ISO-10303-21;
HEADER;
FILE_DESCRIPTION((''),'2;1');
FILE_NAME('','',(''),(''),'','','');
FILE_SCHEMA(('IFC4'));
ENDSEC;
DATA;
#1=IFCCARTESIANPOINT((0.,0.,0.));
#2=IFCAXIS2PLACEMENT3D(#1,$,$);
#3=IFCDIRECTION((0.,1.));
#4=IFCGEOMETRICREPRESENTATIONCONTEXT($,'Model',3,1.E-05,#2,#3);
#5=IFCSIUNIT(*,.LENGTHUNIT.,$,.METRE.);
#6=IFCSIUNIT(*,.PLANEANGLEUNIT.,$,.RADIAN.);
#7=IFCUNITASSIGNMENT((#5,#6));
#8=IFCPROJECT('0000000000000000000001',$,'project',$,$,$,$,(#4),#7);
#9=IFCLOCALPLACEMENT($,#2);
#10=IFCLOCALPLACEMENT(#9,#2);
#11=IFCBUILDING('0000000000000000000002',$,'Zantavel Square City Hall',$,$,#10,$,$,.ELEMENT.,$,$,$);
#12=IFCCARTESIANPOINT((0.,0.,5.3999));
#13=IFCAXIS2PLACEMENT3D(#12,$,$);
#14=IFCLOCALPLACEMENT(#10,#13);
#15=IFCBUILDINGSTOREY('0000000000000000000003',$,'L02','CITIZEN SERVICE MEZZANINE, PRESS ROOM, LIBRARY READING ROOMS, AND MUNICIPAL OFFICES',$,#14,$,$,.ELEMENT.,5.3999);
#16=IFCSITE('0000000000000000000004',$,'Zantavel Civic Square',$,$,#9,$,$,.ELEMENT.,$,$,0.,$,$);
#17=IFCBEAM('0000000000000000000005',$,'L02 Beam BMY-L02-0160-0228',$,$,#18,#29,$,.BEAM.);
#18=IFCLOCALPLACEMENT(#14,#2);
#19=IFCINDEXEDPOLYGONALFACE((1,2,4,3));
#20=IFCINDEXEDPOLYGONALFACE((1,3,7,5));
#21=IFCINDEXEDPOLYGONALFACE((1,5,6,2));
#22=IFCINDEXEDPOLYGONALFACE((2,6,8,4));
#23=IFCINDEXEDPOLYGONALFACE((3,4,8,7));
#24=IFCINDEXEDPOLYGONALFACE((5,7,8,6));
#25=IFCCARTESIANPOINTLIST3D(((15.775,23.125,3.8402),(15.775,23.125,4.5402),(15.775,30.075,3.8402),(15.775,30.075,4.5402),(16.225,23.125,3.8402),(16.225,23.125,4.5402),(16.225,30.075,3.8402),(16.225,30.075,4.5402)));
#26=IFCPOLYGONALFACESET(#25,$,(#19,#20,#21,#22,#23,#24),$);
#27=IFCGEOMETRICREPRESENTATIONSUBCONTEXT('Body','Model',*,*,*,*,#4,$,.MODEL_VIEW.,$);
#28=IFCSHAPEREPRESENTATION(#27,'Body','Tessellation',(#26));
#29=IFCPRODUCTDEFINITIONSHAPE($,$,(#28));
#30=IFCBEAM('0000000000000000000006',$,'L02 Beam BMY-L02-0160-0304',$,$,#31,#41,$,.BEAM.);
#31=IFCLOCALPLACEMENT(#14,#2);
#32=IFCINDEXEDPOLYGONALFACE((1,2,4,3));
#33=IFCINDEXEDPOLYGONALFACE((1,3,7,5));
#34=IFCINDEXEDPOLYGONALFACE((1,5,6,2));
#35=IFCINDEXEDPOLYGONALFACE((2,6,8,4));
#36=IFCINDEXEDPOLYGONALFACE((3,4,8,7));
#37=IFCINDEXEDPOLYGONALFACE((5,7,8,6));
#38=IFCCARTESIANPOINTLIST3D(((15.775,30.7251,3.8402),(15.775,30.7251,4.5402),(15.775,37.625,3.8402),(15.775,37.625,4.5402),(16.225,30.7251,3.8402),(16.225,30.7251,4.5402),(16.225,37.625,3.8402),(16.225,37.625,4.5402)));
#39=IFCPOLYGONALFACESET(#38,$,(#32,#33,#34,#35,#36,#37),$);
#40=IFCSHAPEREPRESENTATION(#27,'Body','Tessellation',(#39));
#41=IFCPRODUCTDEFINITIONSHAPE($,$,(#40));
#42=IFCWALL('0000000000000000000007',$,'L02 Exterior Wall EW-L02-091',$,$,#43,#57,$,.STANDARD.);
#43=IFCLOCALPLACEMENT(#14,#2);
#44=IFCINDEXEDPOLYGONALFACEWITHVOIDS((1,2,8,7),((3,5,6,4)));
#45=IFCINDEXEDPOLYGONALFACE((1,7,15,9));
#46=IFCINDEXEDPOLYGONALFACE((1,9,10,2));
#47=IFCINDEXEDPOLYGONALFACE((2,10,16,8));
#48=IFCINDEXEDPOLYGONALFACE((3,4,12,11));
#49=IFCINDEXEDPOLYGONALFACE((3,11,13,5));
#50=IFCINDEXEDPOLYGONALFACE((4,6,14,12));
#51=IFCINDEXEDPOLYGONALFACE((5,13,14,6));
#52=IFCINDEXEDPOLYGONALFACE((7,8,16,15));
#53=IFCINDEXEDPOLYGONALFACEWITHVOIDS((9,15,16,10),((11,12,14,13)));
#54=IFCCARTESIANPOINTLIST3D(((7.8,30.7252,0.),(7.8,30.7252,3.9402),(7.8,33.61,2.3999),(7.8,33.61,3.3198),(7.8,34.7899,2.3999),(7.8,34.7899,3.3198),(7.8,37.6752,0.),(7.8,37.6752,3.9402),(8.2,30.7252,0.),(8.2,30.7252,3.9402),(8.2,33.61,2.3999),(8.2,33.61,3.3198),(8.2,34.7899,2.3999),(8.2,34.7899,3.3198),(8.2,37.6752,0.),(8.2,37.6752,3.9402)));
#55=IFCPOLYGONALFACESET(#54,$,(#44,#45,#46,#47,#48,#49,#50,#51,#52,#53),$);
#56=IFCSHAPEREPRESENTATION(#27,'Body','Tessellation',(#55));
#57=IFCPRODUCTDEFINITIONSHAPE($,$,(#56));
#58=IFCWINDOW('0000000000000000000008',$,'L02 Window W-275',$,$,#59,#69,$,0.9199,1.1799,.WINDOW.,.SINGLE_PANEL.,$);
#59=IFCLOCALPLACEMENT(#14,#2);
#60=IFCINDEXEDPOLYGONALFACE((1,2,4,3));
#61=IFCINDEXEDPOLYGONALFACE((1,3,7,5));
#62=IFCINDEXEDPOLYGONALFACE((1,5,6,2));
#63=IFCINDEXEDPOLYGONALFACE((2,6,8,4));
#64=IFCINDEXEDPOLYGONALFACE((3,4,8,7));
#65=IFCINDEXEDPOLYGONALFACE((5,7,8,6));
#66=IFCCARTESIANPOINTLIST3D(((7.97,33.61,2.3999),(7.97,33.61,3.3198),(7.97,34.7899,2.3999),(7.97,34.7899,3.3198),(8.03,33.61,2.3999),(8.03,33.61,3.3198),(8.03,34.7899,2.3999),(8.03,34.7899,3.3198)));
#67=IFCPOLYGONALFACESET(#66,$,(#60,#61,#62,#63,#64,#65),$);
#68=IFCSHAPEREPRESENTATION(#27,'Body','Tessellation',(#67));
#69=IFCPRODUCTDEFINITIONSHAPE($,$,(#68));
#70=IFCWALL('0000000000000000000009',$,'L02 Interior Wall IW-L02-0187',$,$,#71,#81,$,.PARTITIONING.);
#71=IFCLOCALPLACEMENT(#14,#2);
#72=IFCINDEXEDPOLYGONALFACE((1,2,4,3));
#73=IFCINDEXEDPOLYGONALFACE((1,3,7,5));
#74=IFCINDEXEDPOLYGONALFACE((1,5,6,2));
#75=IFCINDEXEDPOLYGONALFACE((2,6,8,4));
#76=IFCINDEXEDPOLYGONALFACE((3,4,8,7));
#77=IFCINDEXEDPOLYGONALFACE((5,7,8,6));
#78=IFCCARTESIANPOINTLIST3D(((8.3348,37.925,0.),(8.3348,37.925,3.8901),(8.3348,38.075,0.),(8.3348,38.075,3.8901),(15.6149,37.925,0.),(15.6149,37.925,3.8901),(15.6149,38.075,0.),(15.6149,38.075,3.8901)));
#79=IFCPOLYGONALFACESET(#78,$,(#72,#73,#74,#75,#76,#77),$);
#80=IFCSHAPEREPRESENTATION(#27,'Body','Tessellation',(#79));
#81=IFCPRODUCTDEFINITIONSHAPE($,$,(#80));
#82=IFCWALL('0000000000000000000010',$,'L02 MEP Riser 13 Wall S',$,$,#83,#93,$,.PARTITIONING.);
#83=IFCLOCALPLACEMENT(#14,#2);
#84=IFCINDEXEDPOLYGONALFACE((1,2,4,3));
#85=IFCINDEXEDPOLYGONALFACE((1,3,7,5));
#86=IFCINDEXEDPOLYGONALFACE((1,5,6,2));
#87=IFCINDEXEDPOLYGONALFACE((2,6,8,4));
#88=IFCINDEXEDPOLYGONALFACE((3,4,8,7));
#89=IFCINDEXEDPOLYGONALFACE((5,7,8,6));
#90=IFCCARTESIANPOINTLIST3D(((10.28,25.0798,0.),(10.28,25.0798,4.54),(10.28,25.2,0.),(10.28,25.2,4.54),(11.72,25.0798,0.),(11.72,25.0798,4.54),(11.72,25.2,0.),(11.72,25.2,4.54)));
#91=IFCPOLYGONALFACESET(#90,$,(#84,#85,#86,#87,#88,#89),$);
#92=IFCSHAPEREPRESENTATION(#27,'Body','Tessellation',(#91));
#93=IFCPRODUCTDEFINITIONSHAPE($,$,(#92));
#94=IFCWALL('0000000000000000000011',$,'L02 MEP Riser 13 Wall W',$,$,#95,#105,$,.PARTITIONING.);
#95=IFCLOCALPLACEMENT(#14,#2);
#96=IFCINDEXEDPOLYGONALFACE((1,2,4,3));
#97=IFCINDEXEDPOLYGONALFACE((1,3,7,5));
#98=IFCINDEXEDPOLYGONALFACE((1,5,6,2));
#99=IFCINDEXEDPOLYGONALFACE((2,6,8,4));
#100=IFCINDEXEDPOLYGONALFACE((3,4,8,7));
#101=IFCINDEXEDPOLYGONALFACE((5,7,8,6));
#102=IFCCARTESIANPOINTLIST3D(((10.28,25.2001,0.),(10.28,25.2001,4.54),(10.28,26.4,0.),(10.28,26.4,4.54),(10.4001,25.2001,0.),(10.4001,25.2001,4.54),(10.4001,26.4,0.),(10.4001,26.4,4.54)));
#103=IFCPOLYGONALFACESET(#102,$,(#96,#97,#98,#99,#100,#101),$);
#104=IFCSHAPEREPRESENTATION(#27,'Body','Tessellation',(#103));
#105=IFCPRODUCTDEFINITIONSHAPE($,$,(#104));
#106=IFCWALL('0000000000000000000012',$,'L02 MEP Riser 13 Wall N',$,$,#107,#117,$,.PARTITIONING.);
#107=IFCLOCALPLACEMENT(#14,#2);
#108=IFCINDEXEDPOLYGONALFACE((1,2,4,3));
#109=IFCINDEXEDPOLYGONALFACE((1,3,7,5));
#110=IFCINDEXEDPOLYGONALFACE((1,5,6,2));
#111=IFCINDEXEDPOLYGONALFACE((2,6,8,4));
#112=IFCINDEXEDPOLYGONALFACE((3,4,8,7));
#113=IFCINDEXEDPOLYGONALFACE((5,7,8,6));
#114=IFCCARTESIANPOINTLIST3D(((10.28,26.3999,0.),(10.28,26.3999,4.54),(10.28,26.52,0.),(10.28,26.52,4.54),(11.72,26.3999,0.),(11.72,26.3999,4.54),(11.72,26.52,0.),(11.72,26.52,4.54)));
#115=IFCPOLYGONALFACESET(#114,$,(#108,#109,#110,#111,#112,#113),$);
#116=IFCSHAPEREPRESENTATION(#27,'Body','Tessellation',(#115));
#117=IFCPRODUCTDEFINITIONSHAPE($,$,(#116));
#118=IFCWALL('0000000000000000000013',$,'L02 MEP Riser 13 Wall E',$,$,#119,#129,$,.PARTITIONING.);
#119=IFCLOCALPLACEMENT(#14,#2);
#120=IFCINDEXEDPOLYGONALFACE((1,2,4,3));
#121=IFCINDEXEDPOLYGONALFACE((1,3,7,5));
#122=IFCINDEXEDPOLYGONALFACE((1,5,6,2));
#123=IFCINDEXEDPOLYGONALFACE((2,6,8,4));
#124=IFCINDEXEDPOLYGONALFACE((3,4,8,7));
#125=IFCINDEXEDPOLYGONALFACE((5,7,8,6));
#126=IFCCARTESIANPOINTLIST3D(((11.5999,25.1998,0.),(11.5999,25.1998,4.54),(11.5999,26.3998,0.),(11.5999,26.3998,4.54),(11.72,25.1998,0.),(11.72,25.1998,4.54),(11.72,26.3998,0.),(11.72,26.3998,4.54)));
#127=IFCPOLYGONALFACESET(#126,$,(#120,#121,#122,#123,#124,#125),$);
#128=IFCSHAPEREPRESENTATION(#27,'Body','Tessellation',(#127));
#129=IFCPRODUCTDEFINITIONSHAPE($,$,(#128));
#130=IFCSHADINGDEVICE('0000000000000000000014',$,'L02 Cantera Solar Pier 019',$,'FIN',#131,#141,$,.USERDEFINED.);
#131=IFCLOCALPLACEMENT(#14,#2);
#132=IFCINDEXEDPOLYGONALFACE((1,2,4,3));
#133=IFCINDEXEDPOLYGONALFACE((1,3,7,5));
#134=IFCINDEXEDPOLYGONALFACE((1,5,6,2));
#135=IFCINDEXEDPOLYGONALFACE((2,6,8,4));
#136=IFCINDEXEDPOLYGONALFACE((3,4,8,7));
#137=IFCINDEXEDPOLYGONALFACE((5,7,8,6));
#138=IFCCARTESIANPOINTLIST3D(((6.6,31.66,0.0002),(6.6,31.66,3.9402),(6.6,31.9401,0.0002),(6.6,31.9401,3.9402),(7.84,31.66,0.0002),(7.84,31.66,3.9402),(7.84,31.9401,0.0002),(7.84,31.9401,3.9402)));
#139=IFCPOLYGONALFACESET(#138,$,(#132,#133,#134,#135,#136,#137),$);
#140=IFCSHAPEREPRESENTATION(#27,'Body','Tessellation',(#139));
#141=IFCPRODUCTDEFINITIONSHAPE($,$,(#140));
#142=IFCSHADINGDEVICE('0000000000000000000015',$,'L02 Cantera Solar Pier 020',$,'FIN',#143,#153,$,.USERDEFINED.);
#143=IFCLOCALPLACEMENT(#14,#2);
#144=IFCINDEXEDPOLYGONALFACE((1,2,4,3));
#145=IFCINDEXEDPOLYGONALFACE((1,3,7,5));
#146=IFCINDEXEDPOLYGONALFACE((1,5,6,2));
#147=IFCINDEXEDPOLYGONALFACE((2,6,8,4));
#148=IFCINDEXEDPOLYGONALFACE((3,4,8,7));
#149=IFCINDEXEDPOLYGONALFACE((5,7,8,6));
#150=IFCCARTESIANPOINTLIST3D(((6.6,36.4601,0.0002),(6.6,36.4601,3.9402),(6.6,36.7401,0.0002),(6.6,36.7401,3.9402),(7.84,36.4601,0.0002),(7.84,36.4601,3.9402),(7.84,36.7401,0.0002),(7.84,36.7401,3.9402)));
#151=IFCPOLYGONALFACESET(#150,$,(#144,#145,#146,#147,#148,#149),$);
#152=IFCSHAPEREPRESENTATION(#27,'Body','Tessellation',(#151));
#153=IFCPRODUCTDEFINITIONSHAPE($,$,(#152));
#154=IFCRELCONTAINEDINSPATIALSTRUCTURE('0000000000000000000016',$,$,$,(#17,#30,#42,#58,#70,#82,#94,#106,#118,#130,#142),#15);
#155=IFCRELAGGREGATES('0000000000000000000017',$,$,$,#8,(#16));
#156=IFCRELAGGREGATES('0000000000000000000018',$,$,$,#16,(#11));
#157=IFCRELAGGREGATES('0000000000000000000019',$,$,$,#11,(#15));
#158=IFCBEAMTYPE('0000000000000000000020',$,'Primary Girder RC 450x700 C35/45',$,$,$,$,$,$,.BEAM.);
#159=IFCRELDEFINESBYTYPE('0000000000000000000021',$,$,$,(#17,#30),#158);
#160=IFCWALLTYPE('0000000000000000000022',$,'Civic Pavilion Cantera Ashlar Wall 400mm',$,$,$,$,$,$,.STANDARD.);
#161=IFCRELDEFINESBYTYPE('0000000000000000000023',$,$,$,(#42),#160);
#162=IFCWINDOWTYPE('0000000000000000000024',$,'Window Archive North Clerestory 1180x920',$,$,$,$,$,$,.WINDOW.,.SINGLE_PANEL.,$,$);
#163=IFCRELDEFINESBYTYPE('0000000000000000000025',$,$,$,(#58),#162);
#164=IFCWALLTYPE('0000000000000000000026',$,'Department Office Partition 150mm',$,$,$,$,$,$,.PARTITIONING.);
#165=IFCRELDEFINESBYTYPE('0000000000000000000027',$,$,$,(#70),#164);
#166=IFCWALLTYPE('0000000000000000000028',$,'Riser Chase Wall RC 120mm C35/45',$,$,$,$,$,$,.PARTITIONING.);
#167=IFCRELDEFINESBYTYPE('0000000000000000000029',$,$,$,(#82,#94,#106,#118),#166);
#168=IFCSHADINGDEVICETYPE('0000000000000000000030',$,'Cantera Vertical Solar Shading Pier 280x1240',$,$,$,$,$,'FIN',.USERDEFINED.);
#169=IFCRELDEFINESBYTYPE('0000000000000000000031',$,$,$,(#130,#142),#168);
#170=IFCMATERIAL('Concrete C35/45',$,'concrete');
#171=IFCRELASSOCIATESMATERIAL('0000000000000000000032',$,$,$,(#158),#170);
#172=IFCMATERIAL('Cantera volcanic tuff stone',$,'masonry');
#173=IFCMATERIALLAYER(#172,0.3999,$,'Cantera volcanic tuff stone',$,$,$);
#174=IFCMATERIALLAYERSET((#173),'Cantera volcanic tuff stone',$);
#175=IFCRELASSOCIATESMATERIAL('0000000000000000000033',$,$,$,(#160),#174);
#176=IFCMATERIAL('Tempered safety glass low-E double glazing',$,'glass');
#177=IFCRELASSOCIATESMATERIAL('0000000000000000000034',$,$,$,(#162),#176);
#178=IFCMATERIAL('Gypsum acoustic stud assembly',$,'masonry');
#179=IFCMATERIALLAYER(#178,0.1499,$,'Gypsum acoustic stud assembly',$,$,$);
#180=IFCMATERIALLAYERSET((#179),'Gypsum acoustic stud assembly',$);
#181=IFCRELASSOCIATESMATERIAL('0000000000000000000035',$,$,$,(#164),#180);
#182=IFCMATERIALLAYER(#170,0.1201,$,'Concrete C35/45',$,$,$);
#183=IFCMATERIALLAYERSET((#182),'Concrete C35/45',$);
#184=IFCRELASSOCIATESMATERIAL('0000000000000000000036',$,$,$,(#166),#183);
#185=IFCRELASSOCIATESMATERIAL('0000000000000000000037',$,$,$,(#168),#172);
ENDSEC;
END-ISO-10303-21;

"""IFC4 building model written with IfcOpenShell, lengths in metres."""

from ifc_helpers import new_model, si_unit, direction, frame, frame_2d, origin, origin_2d, place, context, subcontext, project, spatial, rectangle, extrude, material, layer, layer_set, material_profile, profile_set, type_object, element, fill, save


model = new_model("IFC4")

# Units and contexts
model_context = context("Model", 3, precision=1e-05, world=origin(), true_north=direction((0.0, 1.0)))
body_context = subcontext(model_context, "Body", "Model", "MODEL_VIEW")
ifc_project = project(units=[si_unit("LENGTHUNIT", "METRE"), si_unit("PLANEANGLEUNIT", "RADIAN")], contexts=[model_context])

# Site, building, storey
site_placement = place(None, origin())
site = spatial("IfcSite", under=ifc_project, at=site_placement, Name="Zantavel Civic Square", CompositionType="ELEMENT", RefElevation=0.0)
building_placement = place(site_placement, origin())
building = spatial("IfcBuilding", under=site, at=building_placement, Name="Zantavel Square City Hall", CompositionType="ELEMENT")
storey_placement = place(building_placement, frame((0.0, 0.0, 5.3999)))
storey = spatial("IfcBuildingStorey", under=building, at=storey_placement, Name="L02", Description="CITIZEN SERVICE MEZZANINE, PRESS ROOM, LIBRARY READING ROOMS, AND MUNICIPAL OFFICES", CompositionType="ELEMENT", Elevation=5.3999)

# Beams
ifc_material_1 = material(Name="Concrete C35/45", Category="concrete")
ifc_material_profile_1 = material_profile(ifc_material_1, rectangle(XDim=0.45, YDim=0.7, at=origin_2d()), Name="RC 450x700")
ifc_profile_set_1 = profile_set([ifc_material_profile_1], Name="Concrete C35/45")
beam_type_1 = type_object("IfcBeamType", Name="Primary Girder RC 450x700 C35/45", PredefinedType="BEAM", material=ifc_profile_set_1)
beam_1_placement = place(storey_placement, frame((16.0, 23.125, 4.1902), z_axis=(0.0, 1.0, 0.0), x_axis=(-1.0, 0.0, 0.0)))
element("IfcBeam", 1, at=beam_1_placement, inside=storey, type_object=beam_type_1, Name="L02 Beam BMY-L02-0160-0228", PredefinedType="BEAM", context=body_context, shape_type="SweptSolid", body=[
    extrude(rectangle(XDim=0.45, YDim=0.7, at=origin_2d()), origin(), (0.0, 0.0, 1.0), 6.95),
])
beam_2_placement = place(storey_placement, frame((16.0, 30.7251, 4.1902), z_axis=(0.0, 1.0, 0.0), x_axis=(-1.0, 0.0, 0.0)))
element("IfcBeam", 2, at=beam_2_placement, inside=storey, type_object=beam_type_1, Name="L02 Beam BMY-L02-0160-0304", PredefinedType="BEAM", context=body_context, shape_type="SweptSolid", body=[
    extrude(rectangle(XDim=0.45, YDim=0.7, at=origin_2d()), origin(), (0.0, 0.0, 1.0), 6.8999),
])

# Wall, opening, window
ifc_material_2 = material(Name="Cantera volcanic tuff stone", Category="masonry")
ifc_layer_1 = layer(ifc_material_2, 0.3999, Name="Cantera volcanic tuff stone")
ifc_layer_set_1 = layer_set([ifc_layer_1], Name="Cantera volcanic tuff stone")
wall_type_1 = type_object("IfcWallType", Name="Civic Pavilion Cantera Ashlar Wall 400mm", PredefinedType="STANDARD", material=ifc_layer_set_1)
wall_1_placement = place(storey_placement, frame((8.0, 30.7251, 0.0), z_axis=(0.0, 0.0, 1.0), x_axis=(0.0, 1.0, 0.0)))
wall_1 = element("IfcWall", 3, at=wall_1_placement, inside=storey, type_object=wall_type_1, Name="L02 Exterior Wall EW-L02-091", PredefinedType="STANDARD", context=body_context, shape_type="SweptSolid", body=[
    extrude(rectangle(XDim=6.95, YDim=0.3999, at=frame_2d((3.4751, 0.0))), origin(), (0.0, 0.0, 1.0), 3.9402),
])
opening_placement = place(wall_1_placement, frame((2.885, 0.0, 2.3999)))
opening = element("IfcOpeningElement", 4, at=opening_placement, cuts=wall_1, PredefinedType="OPENING", context=body_context, shape_type="SweptSolid", body=[
    extrude(rectangle(XDim=1.1799, YDim=0.9199, at=frame_2d((0.5898, 0.46))), frame((0.0, 0.21, 0.0), z_axis=(0.0, -1.0, 0.0), x_axis=(1.0, 0.0, 0.0)), (0.0, 0.0, 1.0), 0.4199),
])
ifc_material_3 = material(Name="Tempered safety glass low-E double glazing", Category="glass")
window_type = type_object("IfcWindowType", Name="Window Archive North Clerestory 1180x920", PartitioningType="SINGLE_PANEL", PredefinedType="WINDOW", material=ifc_material_3)
window_placement = place(opening_placement, origin())
window = element("IfcWindow", 5, at=window_placement, inside=storey, type_object=window_type, Name="L02 Window W-275", OverallHeight=0.9199, OverallWidth=1.1799, PartitioningType="SINGLE_PANEL", PredefinedType="WINDOW", context=body_context, shape_type="SweptSolid", body=[
    extrude(rectangle(XDim=1.1799, YDim=0.9199, at=frame_2d((0.5898, 0.46))), frame((0.0, 0.03, 0.0), z_axis=(0.0, -1.0, 0.0), x_axis=(1.0, 0.0, 0.0)), (0.0, 0.0, 1.0), 0.0601),
])
fill(opening, window)

# Walls
ifc_material_4 = material(Name="Gypsum acoustic stud assembly", Category="masonry")
ifc_layer_2 = layer(ifc_material_4, 0.1499, Name="Gypsum acoustic stud assembly")
ifc_layer_set_2 = layer_set([ifc_layer_2], Name="Gypsum acoustic stud assembly")
wall_type_2 = type_object("IfcWallType", Name="Department Office Partition 150mm", PredefinedType="PARTITIONING", material=ifc_layer_set_2)
wall_2_placement = place(storey_placement, frame((15.615, 38.0, 0.0), z_axis=(0.0, 0.0, 1.0), x_axis=(-1.0, 0.0, 0.0)))
element("IfcWall", 6, at=wall_2_placement, inside=storey, type_object=wall_type_2, Name="L02 Interior Wall IW-L02-0187", PredefinedType="PARTITIONING", context=body_context, shape_type="SweptSolid", body=[
    extrude(rectangle(XDim=7.28, YDim=0.1499, at=frame_2d((3.6401, 0.0))), origin(), (0.0, 0.0, 1.0), 3.8901),
])
ifc_layer_3 = layer(ifc_material_1, 0.1201, Name="Concrete C35/45")
ifc_layer_set_3 = layer_set([ifc_layer_3], Name="Concrete C35/45")
wall_type_3 = type_object("IfcWallType", Name="Riser Chase Wall RC 120mm C35/45", PredefinedType="PARTITIONING", material=ifc_layer_set_3)
wall_3_placement = place(storey_placement, frame((11.72, 25.1399, 0.0), z_axis=(0.0, 0.0, 1.0), x_axis=(-1.0, 0.0, 0.0)))
element("IfcWall", 7, at=wall_3_placement, inside=storey, type_object=wall_type_3, Name="L02 MEP Riser 13 Wall S", PredefinedType="PARTITIONING", context=body_context, shape_type="SweptSolid", body=[
    extrude(rectangle(XDim=1.4399, YDim=0.1201, at=frame_2d((0.72, 0.0))), origin(), (0.0, 0.0, 1.0), 4.54),
])
wall_4_placement = place(storey_placement, frame((10.3401, 25.2, 0.0), z_axis=(0.0, 0.0, 1.0), x_axis=(0.0, 1.0, 0.0)))
element("IfcWall", 8, at=wall_4_placement, inside=storey, type_object=wall_type_3, Name="L02 MEP Riser 13 Wall W", PredefinedType="PARTITIONING", context=body_context, shape_type="SweptSolid", body=[
    extrude(rectangle(XDim=1.2, YDim=0.1201, at=frame_2d((0.6001, 0.0))), origin(), (0.0, 0.0, 1.0), 4.54),
])
wall_5_placement = place(storey_placement, frame((10.28, 26.46, 0.0), z_axis=(0.0, 0.0, 1.0), x_axis=(1.0, 0.0, 0.0)))
element("IfcWall", 9, at=wall_5_placement, inside=storey, type_object=wall_type_3, Name="L02 MEP Riser 13 Wall N", PredefinedType="PARTITIONING", context=body_context, shape_type="SweptSolid", body=[
    extrude(rectangle(XDim=1.4399, YDim=0.1201, at=frame_2d((0.72, 0.0))), origin(), (0.0, 0.0, 1.0), 4.54),
])
wall_6_placement = place(storey_placement, frame((11.6599, 26.3999, 0.0), z_axis=(0.0, 0.0, 1.0), x_axis=(0.0, -1.0, 0.0)))
element("IfcWall", 10, at=wall_6_placement, inside=storey, type_object=wall_type_3, Name="L02 MEP Riser 13 Wall E", PredefinedType="PARTITIONING", context=body_context, shape_type="SweptSolid", body=[
    extrude(rectangle(XDim=1.2, YDim=0.1201, at=frame_2d((0.6001, 0.0))), origin(), (0.0, 0.0, 1.0), 4.54),
])

# Shading devices
shading_device_type = type_object("IfcShadingDeviceType", Name="Cantera Vertical Solar Shading Pier 280x1240", ElementType="FIN", PredefinedType="USERDEFINED", material=ifc_material_2)
for number, where, z_axis, x_axis, name in (
    (11, (7.22, 31.8, 0.0002), (0.0, 0.0, 1.0), (1.0, 0.0, 0.0), "L02 Cantera Solar Pier 019"),
    (12, (7.22, 36.6001, 0.0002), (0.0, 0.0, 1.0), (1.0, 0.0, 0.0), "L02 Cantera Solar Pier 020"),
):
    element("IfcShadingDevice", number, at=place(storey_placement, frame(where, z_axis=z_axis, x_axis=x_axis)), inside=storey, type_object=shading_device_type, Name=name, ObjectType="FIN", PredefinedType="USERDEFINED", context=body_context, shape_type="SweptSolid", body=[
        extrude(rectangle(XDim=1.24, YDim=0.28, at=origin_2d()), origin(), (0.0, 0.0, 1.0), 3.9399),
    ])

save(model, "model.ifc")
